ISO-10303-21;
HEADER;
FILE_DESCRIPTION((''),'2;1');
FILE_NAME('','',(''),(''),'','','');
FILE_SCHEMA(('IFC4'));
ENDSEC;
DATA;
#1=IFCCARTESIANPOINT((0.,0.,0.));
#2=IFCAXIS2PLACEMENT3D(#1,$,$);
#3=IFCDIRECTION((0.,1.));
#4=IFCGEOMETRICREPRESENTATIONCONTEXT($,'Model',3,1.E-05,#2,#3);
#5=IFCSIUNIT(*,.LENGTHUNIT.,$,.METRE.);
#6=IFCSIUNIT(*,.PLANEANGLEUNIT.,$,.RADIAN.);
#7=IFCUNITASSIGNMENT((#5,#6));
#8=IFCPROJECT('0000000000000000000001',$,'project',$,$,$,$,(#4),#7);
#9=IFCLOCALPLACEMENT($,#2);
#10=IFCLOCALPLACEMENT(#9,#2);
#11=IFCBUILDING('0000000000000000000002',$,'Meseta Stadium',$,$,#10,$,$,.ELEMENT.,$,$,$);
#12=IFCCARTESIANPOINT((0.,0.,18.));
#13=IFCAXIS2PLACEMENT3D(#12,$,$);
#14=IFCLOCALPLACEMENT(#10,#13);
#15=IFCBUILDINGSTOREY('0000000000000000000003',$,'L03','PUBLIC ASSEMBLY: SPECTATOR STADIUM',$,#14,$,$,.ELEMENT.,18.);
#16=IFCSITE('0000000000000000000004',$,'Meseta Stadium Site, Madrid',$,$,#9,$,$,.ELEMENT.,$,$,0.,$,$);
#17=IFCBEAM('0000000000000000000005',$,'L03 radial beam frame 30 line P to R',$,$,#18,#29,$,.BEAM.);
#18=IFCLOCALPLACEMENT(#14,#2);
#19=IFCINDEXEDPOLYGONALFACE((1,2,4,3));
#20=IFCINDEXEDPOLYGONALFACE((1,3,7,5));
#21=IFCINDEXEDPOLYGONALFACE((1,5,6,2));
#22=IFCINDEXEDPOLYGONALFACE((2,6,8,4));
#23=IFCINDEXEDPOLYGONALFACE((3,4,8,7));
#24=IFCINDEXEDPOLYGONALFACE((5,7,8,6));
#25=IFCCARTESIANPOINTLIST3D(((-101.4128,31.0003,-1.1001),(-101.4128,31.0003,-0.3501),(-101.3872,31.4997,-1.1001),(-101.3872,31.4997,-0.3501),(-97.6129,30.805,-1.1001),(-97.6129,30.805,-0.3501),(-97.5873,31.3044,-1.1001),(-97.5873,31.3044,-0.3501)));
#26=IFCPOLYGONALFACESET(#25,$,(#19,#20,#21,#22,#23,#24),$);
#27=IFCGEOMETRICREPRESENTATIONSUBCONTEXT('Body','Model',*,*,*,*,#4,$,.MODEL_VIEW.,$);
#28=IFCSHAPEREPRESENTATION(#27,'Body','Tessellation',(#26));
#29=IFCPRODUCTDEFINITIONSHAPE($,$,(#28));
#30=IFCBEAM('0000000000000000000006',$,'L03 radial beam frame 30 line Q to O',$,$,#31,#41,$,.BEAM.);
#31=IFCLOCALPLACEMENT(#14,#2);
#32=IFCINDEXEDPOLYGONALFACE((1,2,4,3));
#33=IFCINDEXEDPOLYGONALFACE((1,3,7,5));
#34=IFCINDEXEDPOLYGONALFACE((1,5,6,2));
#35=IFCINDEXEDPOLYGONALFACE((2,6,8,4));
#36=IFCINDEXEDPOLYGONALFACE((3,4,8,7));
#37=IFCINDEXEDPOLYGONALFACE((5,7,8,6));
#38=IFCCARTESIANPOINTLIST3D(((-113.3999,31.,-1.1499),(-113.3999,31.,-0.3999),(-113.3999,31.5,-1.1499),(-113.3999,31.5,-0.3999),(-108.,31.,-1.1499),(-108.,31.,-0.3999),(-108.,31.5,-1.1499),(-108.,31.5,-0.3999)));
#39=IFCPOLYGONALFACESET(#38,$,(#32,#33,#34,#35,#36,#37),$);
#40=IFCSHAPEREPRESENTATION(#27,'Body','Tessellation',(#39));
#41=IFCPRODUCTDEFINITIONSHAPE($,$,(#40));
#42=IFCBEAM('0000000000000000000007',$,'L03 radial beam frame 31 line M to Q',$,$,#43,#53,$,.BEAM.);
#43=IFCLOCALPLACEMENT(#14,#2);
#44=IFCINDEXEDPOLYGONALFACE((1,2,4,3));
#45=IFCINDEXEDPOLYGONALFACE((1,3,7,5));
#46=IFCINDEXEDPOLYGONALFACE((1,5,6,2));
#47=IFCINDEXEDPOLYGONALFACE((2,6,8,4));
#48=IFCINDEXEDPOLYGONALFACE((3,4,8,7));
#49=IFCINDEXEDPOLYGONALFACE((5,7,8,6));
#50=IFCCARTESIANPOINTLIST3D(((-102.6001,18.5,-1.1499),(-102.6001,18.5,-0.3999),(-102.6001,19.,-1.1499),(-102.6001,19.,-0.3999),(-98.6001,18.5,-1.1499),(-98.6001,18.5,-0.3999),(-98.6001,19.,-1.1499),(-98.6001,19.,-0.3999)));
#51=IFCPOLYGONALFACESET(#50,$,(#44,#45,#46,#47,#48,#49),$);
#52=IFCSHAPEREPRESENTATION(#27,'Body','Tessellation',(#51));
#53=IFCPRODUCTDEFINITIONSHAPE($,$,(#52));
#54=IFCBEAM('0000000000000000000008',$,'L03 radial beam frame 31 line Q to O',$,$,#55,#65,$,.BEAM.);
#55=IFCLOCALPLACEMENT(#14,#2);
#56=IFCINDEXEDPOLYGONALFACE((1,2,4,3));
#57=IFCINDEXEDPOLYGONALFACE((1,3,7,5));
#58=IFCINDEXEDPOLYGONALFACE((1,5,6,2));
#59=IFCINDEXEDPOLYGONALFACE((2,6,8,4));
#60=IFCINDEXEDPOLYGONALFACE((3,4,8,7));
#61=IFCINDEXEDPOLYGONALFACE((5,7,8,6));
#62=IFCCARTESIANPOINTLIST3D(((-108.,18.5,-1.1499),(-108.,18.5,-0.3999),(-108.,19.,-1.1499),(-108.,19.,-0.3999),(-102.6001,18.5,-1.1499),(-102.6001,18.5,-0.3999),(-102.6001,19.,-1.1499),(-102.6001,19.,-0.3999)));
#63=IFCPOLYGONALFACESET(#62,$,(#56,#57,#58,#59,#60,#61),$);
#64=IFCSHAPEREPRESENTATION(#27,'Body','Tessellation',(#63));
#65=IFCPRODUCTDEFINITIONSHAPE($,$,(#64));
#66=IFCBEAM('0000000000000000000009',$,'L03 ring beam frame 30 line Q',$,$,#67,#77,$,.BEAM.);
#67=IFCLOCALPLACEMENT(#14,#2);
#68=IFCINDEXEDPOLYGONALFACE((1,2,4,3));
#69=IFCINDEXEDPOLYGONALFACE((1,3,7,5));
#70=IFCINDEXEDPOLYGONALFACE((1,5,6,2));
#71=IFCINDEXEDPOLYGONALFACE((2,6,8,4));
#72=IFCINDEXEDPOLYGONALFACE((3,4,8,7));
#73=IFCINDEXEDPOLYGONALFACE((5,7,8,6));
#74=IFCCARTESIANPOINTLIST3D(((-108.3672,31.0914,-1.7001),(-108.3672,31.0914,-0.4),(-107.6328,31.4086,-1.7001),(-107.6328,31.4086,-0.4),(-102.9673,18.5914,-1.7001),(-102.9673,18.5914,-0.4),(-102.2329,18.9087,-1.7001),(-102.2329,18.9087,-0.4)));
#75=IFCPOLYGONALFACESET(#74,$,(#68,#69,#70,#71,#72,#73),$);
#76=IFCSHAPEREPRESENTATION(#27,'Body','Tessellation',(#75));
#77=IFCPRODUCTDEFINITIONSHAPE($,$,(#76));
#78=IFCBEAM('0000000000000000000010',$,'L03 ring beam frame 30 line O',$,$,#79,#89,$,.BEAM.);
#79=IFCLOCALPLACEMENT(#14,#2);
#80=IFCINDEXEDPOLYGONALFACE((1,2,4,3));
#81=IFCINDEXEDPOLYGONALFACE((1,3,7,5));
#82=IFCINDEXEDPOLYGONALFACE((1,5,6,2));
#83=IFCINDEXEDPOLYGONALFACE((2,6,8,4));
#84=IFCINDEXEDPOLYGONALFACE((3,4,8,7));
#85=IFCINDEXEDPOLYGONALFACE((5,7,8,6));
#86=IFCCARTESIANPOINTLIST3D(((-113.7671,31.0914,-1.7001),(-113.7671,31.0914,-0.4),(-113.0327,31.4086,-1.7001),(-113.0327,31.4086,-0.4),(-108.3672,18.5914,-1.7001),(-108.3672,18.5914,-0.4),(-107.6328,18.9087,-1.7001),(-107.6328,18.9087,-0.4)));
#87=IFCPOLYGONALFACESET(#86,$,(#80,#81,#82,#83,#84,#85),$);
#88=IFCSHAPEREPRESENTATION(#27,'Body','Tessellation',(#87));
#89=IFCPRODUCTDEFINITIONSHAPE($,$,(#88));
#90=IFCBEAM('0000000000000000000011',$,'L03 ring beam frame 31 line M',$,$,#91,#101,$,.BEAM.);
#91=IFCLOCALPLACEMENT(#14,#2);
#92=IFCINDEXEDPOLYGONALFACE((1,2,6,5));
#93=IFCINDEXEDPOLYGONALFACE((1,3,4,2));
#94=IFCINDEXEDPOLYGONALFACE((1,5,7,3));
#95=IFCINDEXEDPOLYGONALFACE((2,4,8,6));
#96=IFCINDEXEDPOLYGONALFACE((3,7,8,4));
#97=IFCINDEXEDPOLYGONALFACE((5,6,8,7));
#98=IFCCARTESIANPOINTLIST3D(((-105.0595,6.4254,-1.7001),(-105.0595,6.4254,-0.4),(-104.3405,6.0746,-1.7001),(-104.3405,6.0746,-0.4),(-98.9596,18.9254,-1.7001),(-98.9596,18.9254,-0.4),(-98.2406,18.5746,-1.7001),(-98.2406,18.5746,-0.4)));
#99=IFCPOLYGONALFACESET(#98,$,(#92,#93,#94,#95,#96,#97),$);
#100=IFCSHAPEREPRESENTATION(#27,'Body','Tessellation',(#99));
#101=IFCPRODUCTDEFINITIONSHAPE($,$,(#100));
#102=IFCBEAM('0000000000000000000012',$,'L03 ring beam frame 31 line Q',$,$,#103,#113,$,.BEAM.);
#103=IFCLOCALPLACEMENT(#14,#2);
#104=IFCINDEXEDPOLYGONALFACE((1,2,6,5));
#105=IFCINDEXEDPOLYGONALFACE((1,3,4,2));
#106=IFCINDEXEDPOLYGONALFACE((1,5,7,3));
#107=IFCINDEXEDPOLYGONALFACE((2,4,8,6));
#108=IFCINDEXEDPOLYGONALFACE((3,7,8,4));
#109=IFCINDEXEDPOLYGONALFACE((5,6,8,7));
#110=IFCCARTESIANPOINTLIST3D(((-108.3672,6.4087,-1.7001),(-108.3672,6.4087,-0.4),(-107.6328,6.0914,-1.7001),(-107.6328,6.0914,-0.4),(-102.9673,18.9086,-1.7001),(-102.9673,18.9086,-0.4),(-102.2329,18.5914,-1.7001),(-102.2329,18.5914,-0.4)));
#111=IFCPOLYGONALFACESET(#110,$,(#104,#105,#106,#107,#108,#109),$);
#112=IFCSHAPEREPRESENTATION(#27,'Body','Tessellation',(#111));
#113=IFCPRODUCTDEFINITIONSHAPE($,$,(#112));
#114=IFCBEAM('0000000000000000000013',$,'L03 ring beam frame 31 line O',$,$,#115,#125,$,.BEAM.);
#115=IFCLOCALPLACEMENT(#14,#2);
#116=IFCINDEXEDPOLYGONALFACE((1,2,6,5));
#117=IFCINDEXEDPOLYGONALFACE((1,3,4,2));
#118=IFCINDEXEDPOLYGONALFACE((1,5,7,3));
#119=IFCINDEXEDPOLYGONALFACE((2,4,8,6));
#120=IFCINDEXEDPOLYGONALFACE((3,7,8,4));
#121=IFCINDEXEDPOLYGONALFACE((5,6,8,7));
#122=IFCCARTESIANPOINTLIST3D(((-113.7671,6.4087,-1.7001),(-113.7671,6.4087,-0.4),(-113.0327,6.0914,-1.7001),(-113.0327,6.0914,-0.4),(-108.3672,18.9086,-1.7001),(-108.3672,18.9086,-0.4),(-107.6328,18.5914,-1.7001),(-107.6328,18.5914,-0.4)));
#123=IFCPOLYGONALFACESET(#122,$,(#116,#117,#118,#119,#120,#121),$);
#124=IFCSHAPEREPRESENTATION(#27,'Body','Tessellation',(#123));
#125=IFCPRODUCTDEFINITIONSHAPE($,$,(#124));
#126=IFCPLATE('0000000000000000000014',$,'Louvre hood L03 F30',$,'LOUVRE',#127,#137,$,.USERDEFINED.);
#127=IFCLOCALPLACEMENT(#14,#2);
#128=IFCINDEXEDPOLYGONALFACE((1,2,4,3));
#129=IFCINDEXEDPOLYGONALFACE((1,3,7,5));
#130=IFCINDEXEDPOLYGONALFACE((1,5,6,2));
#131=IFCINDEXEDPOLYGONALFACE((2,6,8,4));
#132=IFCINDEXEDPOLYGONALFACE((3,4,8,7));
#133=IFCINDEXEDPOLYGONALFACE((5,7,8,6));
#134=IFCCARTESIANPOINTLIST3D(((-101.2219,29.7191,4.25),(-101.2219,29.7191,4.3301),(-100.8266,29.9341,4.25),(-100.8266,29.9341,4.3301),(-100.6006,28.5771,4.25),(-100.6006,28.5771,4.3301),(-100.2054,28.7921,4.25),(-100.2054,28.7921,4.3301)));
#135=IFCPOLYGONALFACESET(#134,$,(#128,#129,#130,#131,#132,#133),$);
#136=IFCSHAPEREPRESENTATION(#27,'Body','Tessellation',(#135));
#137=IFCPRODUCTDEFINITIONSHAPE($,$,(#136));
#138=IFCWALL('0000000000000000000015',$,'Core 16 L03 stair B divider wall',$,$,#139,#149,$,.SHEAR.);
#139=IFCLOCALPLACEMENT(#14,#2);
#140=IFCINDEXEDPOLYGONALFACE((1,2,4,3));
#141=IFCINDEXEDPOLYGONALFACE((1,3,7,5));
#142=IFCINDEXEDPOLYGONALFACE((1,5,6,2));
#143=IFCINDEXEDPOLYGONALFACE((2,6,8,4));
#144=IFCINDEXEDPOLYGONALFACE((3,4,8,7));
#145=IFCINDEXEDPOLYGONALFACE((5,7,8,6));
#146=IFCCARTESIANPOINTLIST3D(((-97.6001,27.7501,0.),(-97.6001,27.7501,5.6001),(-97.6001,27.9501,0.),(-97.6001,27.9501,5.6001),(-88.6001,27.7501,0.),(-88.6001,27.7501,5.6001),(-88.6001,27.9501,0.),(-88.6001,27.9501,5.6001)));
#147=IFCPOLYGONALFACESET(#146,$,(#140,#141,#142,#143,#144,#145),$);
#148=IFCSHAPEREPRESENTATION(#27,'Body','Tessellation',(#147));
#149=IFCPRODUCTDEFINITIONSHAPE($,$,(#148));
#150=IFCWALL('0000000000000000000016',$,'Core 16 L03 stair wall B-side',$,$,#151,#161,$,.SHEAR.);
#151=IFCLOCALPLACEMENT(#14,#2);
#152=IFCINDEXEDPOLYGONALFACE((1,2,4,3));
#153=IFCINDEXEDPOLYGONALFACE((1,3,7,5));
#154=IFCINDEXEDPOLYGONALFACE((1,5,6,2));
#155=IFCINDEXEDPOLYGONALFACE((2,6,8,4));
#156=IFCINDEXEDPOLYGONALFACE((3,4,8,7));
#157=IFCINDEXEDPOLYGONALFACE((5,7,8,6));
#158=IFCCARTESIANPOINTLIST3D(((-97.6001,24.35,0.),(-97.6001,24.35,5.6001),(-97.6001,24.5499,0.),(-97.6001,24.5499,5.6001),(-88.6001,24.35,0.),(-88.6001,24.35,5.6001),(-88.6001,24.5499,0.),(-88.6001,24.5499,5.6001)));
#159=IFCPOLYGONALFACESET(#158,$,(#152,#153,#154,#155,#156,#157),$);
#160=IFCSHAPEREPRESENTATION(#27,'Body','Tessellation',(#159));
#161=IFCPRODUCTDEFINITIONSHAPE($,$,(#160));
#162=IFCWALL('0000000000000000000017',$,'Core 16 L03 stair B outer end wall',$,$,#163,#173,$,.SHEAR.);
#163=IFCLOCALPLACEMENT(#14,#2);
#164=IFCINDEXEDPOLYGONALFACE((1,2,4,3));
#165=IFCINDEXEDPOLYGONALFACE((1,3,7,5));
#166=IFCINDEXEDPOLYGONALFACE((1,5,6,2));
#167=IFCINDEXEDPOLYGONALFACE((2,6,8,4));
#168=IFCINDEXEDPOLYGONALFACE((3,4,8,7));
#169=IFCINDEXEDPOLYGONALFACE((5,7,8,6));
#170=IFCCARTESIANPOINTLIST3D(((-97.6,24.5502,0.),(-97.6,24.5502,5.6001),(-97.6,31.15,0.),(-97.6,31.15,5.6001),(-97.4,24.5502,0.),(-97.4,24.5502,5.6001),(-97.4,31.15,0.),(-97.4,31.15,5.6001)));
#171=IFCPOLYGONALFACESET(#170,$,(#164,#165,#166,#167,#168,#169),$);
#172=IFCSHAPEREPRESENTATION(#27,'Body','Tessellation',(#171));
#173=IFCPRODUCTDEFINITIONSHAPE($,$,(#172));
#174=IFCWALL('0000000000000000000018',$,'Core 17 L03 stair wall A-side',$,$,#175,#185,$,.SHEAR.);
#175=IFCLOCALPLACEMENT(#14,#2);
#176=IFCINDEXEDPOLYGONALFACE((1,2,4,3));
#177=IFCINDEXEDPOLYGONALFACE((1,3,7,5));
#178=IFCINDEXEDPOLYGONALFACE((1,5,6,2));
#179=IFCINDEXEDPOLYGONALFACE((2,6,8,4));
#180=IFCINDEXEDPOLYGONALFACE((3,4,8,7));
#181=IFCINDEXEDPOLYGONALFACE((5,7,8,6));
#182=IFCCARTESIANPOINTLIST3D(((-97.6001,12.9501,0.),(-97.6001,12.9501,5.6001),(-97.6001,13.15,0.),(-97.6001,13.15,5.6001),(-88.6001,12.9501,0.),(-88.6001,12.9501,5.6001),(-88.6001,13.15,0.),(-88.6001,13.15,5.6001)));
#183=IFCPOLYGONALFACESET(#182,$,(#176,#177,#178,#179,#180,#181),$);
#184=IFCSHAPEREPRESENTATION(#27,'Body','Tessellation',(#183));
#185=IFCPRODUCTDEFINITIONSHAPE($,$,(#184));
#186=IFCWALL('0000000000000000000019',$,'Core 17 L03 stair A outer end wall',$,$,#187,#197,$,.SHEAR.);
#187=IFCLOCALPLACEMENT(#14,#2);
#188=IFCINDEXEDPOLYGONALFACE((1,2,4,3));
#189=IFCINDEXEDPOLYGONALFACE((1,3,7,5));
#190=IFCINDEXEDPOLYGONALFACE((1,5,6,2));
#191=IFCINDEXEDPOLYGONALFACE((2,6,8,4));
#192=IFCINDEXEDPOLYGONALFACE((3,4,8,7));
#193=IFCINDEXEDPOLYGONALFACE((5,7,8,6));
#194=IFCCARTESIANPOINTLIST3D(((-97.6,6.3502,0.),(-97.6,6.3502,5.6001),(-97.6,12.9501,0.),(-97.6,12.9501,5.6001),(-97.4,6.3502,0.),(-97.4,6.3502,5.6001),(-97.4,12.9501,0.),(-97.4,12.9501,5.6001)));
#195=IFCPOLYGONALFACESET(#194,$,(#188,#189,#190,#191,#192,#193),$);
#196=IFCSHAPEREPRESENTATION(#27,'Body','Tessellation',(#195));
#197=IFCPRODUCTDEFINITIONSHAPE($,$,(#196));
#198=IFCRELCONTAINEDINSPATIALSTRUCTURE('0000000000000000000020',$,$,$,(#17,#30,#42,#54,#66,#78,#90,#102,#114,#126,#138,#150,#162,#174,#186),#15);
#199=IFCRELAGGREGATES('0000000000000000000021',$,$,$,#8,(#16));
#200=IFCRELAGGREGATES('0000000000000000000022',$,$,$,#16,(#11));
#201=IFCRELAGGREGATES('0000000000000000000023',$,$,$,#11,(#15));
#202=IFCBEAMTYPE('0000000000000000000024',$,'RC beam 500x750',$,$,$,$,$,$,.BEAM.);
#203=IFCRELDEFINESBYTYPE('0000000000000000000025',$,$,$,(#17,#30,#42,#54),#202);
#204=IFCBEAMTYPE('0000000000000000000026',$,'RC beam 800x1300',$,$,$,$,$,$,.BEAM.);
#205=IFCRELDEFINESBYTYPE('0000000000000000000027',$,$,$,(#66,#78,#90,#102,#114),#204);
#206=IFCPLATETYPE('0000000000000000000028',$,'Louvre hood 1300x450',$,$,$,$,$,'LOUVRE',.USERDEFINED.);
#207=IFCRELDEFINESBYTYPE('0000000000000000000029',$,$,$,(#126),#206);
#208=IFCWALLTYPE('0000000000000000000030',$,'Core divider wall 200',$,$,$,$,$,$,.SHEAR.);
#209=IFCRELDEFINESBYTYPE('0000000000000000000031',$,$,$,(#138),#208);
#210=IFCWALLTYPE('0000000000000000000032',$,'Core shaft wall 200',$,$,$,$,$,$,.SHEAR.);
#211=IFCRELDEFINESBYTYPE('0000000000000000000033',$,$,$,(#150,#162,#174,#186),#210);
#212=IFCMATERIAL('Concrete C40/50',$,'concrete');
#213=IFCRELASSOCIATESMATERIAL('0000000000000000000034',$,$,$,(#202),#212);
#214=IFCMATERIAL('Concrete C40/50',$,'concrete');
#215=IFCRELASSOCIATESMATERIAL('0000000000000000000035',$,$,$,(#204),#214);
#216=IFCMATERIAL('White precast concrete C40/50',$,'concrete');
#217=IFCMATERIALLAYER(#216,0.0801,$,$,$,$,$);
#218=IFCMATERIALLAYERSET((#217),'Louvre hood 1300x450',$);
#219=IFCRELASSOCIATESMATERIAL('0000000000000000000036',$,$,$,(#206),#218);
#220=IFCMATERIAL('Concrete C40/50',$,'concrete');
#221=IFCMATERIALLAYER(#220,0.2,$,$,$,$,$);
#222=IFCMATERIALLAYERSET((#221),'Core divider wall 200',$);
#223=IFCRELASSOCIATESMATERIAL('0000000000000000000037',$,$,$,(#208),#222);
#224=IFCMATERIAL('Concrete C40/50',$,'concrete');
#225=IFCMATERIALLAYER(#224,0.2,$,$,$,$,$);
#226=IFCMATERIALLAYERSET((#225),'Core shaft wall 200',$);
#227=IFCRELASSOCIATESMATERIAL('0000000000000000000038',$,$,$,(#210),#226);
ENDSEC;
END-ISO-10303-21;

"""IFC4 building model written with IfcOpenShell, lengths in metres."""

from ifc_helpers import new_model, si_unit, direction, frame, frame_2d, origin, origin_2d, place, context, subcontext, project, spatial, rectangle, extrude, material, layer, layer_set, material_profile, profile_set, type_object, element, save


model = new_model("IFC4")

# Units and contexts
model_context = context("Model", 3, precision=1e-05, world=origin(), true_north=direction((0.0, 1.0)))
body_context = subcontext(model_context, "Body", "Model", "MODEL_VIEW")
ifc_project = project(units=[si_unit("LENGTHUNIT", "METRE"), si_unit("PLANEANGLEUNIT", "RADIAN")], contexts=[model_context])

# Site, building, storey
site_placement = place(None, origin())
site = spatial("IfcSite", under=ifc_project, at=site_placement, Name="Meseta Stadium Site, Madrid", CompositionType="ELEMENT", RefElevation=0.0)
building_placement = place(site_placement, origin())
building = spatial("IfcBuilding", under=site, at=building_placement, Name="Meseta Stadium", CompositionType="ELEMENT")
storey_placement = place(building_placement, frame((0.0, 0.0, 18.0)))
storey = spatial("IfcBuildingStorey", under=building, at=storey_placement, Name="L03", Description="PUBLIC ASSEMBLY: SPECTATOR STADIUM", CompositionType="ELEMENT", Elevation=18.0)

# Beams
ifc_material_1 = material(Name="Concrete C40/50", Category="concrete")
ifc_material_profile_1 = material_profile(ifc_material_1, rectangle(XDim=0.5, YDim=0.75, at=origin_2d()), Name="RC 500x750")
ifc_profile_set_1 = profile_set([ifc_material_profile_1], Name="Concrete C40/50")
beam_type_1 = type_object("IfcBeamType", Name="RC beam 500x750", PredefinedType="BEAM", material=ifc_profile_set_1)
beam_1_placement = place(storey_placement, frame((-97.6001, 31.0547, -0.7251), z_axis=(-0.998682, 0.051333, 0.0), x_axis=(-0.051333, -0.998682, 0.0)))
element("IfcBeam", 1, at=beam_1_placement, inside=storey, type_object=beam_type_1, Name="L03 radial beam frame 30 line P to R", PredefinedType="BEAM", context=body_context, shape_type="SweptSolid", body=[
    extrude(rectangle(XDim=0.5, YDim=0.75, at=origin_2d()), origin(), (0.0, 0.0, 1.0), 3.8049),
])
beam_2_placement = place(storey_placement, frame((-108.0, 31.25, -0.7749), z_axis=(-1.0, 0.0, 0.0), x_axis=(0.0, -1.0, 0.0)))
element("IfcBeam", 2, at=beam_2_placement, inside=storey, type_object=beam_type_1, Name="L03 radial beam frame 30 line Q to O", PredefinedType="BEAM", context=body_context, shape_type="SweptSolid", body=[
    extrude(rectangle(XDim=0.5, YDim=0.75, at=origin_2d()), origin(), (0.0, 0.0, 1.0), 5.3999),
])
beam_3_placement = place(storey_placement, frame((-98.6001, 18.75, -0.7749), z_axis=(-1.0, 0.0, 0.0), x_axis=(0.0, -1.0, 0.0)))
element("IfcBeam", 3, at=beam_3_placement, inside=storey, type_object=beam_type_1, Name="L03 radial beam frame 31 line M to Q", PredefinedType="BEAM", context=body_context, shape_type="SweptSolid", body=[
    extrude(rectangle(XDim=0.5, YDim=0.75, at=origin_2d()), origin(), (0.0, 0.0, 1.0), 4.0),
])
beam_4_placement = place(storey_placement, frame((-102.6001, 18.75, -0.7749), z_axis=(-1.0, 0.0, 0.0), x_axis=(0.0, -1.0, 0.0)))
element("IfcBeam", 4, at=beam_4_placement, inside=storey, type_object=beam_type_1, Name="L03 radial beam frame 31 line Q to O", PredefinedType="BEAM", context=body_context, shape_type="SweptSolid", body=[
    extrude(rectangle(XDim=0.5, YDim=0.75, at=origin_2d()), origin(), (0.0, 0.0, 1.0), 5.3999),
])
ifc_material_2 = material(Name="Concrete C40/50", Category="concrete")
ifc_material_profile_2 = material_profile(ifc_material_2, rectangle(XDim=0.8, YDim=1.3, at=origin_2d()), Name="RC 800x1300")
ifc_profile_set_2 = profile_set([ifc_material_profile_2], Name="Concrete C40/50")
beam_type_2 = type_object("IfcBeamType", Name="RC beam 800x1300", PredefinedType="BEAM", material=ifc_profile_set_2)
for number, where, z_axis, x_axis, name in (
    (5, (-108.0, 31.25, -1.05), (0.396571, -0.918004, 0.0), (0.918004, 0.396571, 0.0), "L03 ring beam frame 30 line Q"),
    (6, (-113.3999, 31.25, -1.05), (0.396571, -0.918004, 0.0), (0.918004, 0.396571, 0.0), "L03 ring beam frame 30 line O"),
):
    element("IfcBeam", number, at=place(storey_placement, frame(where, z_axis=z_axis, x_axis=x_axis)), inside=storey, type_object=beam_type_2, Name=name, PredefinedType="BEAM", context=body_context, shape_type="SweptSolid", body=[
        extrude(rectangle(XDim=0.8, YDim=1.3, at=origin_2d()), origin(), (0.0, 0.0, 1.0), 13.6165),
    ])
beam_5_placement = place(storey_placement, frame((-98.6001, 18.75, -1.05), z_axis=(-0.438557, -0.898703, 0.0), x_axis=(0.898703, -0.438557, 0.0)))
element("IfcBeam", 7, at=beam_5_placement, inside=storey, type_object=beam_type_2, Name="L03 ring beam frame 31 line M", PredefinedType="BEAM", context=body_context, shape_type="SweptSolid", body=[
    extrude(rectangle(XDim=0.8, YDim=1.3, at=origin_2d()), origin(), (0.0, 0.0, 1.0), 13.9089),
])
for number, where, z_axis, x_axis, name in (
    (8, (-102.6001, 18.75, -1.05), (-0.396571, -0.918004, 0.0), (0.918004, -0.396571, 0.0), "L03 ring beam frame 31 line Q"),
    (9, (-108.0, 18.75, -1.05), (-0.396571, -0.918004, 0.0), (0.918004, -0.396571, 0.0), "L03 ring beam frame 31 line O"),
):
    element("IfcBeam", number, at=place(storey_placement, frame(where, z_axis=z_axis, x_axis=x_axis)), inside=storey, type_object=beam_type_2, Name=name, PredefinedType="BEAM", context=body_context, shape_type="SweptSolid", body=[
        extrude(rectangle(XDim=0.8, YDim=1.3, at=origin_2d()), origin(), (0.0, 0.0, 1.0), 13.6165),
    ])

# Plate
ifc_material_3 = material(Name="White precast concrete C40/50", Category="concrete")
ifc_layer_1 = layer(ifc_material_3, 0.0801)
ifc_layer_set_1 = layer_set([ifc_layer_1], Name="Louvre hood 1300x450")
plate_type = type_object("IfcPlateType", Name="Louvre hood 1300x450", ElementType="LOUVRE", PredefinedType="USERDEFINED", material=ifc_layer_set_1)
plate_placement = place(storey_placement, frame((-100.7136, 29.2556, 4.25), z_axis=(0.0, 0.0, 1.0), x_axis=(0.477867, -0.878432, 0.0)))
element("IfcPlate", 10, at=plate_placement, inside=storey, type_object=plate_type, Name="Louvre hood L03 F30", ObjectType="LOUVRE", PredefinedType="USERDEFINED", context=body_context, shape_type="SweptSolid", body=[
    extrude(rectangle(XDim=1.3, YDim=0.45, at=origin_2d()), origin(), (0.0, 0.0, 1.0), 0.0801),
])

# Walls
ifc_material_4 = material(Name="Concrete C40/50", Category="concrete")
ifc_layer_2 = layer(ifc_material_4, 0.2)
ifc_layer_set_2 = layer_set([ifc_layer_2], Name="Core divider wall 200")
wall_type_1 = type_object("IfcWallType", Name="Core divider wall 200", PredefinedType="SHEAR", material=ifc_layer_set_2)
wall_1_placement = place(storey_placement, frame((-97.6001, 27.8501, 0.0), z_axis=(0.0, 0.0, 1.0), x_axis=(1.0, 0.0, 0.0)))
element("IfcWall", 11, at=wall_1_placement, inside=storey, type_object=wall_type_1, Name="Core 16 L03 stair B divider wall", PredefinedType="SHEAR", context=body_context, shape_type="SweptSolid", body=[
    extrude(rectangle(XDim=9.0, YDim=0.2, at=frame_2d((4.5, 0.0))), origin(), (0.0, 0.0, 1.0), 5.6001),
])
ifc_material_5 = material(Name="Concrete C40/50", Category="concrete")
ifc_layer_3 = layer(ifc_material_5, 0.2)
ifc_layer_set_3 = layer_set([ifc_layer_3], Name="Core shaft wall 200")
wall_type_2 = type_object("IfcWallType", Name="Core shaft wall 200", PredefinedType="SHEAR", material=ifc_layer_set_3)
wall_2_placement = place(storey_placement, frame((-97.6001, 24.45, 0.0), z_axis=(0.0, 0.0, 1.0), x_axis=(1.0, 0.0, 0.0)))
element("IfcWall", 12, at=wall_2_placement, inside=storey, type_object=wall_type_2, Name="Core 16 L03 stair wall B-side", PredefinedType="SHEAR", context=body_context, shape_type="SweptSolid", body=[
    extrude(rectangle(XDim=9.0, YDim=0.2, at=frame_2d((4.5, 0.0))), origin(), (0.0, 0.0, 1.0), 5.6001),
])
wall_3_placement = place(storey_placement, frame((-97.5, 31.1499, 0.0), z_axis=(0.0, 0.0, 1.0), x_axis=(0.0, -1.0, 0.0)))
element("IfcWall", 13, at=wall_3_placement, inside=storey, type_object=wall_type_2, Name="Core 16 L03 stair B outer end wall", PredefinedType="SHEAR", context=body_context, shape_type="SweptSolid", body=[
    extrude(rectangle(XDim=6.5999, YDim=0.2, at=frame_2d((3.2998, 0.0))), origin(), (0.0, 0.0, 1.0), 5.6001),
])
wall_4_placement = place(storey_placement, frame((-97.6001, 13.05, 0.0), z_axis=(0.0, 0.0, 1.0), x_axis=(1.0, 0.0, 0.0)))
element("IfcWall", 14, at=wall_4_placement, inside=storey, type_object=wall_type_2, Name="Core 17 L03 stair wall A-side", PredefinedType="SHEAR", context=body_context, shape_type="SweptSolid", body=[
    extrude(rectangle(XDim=9.0, YDim=0.2, at=frame_2d((4.5, 0.0))), origin(), (0.0, 0.0, 1.0), 5.6001),
])
wall_5_placement = place(storey_placement, frame((-97.5, 12.95, 0.0), z_axis=(0.0, 0.0, 1.0), x_axis=(0.0, -1.0, 0.0)))
element("IfcWall", 15, at=wall_5_placement, inside=storey, type_object=wall_type_2, Name="Core 17 L03 stair A outer end wall", PredefinedType="SHEAR", context=body_context, shape_type="SweptSolid", body=[
    extrude(rectangle(XDim=6.5999, YDim=0.2, at=frame_2d((3.2998, 0.0))), origin(), (0.0, 0.0, 1.0), 5.6001),
])

save(model, "model.ifc")
